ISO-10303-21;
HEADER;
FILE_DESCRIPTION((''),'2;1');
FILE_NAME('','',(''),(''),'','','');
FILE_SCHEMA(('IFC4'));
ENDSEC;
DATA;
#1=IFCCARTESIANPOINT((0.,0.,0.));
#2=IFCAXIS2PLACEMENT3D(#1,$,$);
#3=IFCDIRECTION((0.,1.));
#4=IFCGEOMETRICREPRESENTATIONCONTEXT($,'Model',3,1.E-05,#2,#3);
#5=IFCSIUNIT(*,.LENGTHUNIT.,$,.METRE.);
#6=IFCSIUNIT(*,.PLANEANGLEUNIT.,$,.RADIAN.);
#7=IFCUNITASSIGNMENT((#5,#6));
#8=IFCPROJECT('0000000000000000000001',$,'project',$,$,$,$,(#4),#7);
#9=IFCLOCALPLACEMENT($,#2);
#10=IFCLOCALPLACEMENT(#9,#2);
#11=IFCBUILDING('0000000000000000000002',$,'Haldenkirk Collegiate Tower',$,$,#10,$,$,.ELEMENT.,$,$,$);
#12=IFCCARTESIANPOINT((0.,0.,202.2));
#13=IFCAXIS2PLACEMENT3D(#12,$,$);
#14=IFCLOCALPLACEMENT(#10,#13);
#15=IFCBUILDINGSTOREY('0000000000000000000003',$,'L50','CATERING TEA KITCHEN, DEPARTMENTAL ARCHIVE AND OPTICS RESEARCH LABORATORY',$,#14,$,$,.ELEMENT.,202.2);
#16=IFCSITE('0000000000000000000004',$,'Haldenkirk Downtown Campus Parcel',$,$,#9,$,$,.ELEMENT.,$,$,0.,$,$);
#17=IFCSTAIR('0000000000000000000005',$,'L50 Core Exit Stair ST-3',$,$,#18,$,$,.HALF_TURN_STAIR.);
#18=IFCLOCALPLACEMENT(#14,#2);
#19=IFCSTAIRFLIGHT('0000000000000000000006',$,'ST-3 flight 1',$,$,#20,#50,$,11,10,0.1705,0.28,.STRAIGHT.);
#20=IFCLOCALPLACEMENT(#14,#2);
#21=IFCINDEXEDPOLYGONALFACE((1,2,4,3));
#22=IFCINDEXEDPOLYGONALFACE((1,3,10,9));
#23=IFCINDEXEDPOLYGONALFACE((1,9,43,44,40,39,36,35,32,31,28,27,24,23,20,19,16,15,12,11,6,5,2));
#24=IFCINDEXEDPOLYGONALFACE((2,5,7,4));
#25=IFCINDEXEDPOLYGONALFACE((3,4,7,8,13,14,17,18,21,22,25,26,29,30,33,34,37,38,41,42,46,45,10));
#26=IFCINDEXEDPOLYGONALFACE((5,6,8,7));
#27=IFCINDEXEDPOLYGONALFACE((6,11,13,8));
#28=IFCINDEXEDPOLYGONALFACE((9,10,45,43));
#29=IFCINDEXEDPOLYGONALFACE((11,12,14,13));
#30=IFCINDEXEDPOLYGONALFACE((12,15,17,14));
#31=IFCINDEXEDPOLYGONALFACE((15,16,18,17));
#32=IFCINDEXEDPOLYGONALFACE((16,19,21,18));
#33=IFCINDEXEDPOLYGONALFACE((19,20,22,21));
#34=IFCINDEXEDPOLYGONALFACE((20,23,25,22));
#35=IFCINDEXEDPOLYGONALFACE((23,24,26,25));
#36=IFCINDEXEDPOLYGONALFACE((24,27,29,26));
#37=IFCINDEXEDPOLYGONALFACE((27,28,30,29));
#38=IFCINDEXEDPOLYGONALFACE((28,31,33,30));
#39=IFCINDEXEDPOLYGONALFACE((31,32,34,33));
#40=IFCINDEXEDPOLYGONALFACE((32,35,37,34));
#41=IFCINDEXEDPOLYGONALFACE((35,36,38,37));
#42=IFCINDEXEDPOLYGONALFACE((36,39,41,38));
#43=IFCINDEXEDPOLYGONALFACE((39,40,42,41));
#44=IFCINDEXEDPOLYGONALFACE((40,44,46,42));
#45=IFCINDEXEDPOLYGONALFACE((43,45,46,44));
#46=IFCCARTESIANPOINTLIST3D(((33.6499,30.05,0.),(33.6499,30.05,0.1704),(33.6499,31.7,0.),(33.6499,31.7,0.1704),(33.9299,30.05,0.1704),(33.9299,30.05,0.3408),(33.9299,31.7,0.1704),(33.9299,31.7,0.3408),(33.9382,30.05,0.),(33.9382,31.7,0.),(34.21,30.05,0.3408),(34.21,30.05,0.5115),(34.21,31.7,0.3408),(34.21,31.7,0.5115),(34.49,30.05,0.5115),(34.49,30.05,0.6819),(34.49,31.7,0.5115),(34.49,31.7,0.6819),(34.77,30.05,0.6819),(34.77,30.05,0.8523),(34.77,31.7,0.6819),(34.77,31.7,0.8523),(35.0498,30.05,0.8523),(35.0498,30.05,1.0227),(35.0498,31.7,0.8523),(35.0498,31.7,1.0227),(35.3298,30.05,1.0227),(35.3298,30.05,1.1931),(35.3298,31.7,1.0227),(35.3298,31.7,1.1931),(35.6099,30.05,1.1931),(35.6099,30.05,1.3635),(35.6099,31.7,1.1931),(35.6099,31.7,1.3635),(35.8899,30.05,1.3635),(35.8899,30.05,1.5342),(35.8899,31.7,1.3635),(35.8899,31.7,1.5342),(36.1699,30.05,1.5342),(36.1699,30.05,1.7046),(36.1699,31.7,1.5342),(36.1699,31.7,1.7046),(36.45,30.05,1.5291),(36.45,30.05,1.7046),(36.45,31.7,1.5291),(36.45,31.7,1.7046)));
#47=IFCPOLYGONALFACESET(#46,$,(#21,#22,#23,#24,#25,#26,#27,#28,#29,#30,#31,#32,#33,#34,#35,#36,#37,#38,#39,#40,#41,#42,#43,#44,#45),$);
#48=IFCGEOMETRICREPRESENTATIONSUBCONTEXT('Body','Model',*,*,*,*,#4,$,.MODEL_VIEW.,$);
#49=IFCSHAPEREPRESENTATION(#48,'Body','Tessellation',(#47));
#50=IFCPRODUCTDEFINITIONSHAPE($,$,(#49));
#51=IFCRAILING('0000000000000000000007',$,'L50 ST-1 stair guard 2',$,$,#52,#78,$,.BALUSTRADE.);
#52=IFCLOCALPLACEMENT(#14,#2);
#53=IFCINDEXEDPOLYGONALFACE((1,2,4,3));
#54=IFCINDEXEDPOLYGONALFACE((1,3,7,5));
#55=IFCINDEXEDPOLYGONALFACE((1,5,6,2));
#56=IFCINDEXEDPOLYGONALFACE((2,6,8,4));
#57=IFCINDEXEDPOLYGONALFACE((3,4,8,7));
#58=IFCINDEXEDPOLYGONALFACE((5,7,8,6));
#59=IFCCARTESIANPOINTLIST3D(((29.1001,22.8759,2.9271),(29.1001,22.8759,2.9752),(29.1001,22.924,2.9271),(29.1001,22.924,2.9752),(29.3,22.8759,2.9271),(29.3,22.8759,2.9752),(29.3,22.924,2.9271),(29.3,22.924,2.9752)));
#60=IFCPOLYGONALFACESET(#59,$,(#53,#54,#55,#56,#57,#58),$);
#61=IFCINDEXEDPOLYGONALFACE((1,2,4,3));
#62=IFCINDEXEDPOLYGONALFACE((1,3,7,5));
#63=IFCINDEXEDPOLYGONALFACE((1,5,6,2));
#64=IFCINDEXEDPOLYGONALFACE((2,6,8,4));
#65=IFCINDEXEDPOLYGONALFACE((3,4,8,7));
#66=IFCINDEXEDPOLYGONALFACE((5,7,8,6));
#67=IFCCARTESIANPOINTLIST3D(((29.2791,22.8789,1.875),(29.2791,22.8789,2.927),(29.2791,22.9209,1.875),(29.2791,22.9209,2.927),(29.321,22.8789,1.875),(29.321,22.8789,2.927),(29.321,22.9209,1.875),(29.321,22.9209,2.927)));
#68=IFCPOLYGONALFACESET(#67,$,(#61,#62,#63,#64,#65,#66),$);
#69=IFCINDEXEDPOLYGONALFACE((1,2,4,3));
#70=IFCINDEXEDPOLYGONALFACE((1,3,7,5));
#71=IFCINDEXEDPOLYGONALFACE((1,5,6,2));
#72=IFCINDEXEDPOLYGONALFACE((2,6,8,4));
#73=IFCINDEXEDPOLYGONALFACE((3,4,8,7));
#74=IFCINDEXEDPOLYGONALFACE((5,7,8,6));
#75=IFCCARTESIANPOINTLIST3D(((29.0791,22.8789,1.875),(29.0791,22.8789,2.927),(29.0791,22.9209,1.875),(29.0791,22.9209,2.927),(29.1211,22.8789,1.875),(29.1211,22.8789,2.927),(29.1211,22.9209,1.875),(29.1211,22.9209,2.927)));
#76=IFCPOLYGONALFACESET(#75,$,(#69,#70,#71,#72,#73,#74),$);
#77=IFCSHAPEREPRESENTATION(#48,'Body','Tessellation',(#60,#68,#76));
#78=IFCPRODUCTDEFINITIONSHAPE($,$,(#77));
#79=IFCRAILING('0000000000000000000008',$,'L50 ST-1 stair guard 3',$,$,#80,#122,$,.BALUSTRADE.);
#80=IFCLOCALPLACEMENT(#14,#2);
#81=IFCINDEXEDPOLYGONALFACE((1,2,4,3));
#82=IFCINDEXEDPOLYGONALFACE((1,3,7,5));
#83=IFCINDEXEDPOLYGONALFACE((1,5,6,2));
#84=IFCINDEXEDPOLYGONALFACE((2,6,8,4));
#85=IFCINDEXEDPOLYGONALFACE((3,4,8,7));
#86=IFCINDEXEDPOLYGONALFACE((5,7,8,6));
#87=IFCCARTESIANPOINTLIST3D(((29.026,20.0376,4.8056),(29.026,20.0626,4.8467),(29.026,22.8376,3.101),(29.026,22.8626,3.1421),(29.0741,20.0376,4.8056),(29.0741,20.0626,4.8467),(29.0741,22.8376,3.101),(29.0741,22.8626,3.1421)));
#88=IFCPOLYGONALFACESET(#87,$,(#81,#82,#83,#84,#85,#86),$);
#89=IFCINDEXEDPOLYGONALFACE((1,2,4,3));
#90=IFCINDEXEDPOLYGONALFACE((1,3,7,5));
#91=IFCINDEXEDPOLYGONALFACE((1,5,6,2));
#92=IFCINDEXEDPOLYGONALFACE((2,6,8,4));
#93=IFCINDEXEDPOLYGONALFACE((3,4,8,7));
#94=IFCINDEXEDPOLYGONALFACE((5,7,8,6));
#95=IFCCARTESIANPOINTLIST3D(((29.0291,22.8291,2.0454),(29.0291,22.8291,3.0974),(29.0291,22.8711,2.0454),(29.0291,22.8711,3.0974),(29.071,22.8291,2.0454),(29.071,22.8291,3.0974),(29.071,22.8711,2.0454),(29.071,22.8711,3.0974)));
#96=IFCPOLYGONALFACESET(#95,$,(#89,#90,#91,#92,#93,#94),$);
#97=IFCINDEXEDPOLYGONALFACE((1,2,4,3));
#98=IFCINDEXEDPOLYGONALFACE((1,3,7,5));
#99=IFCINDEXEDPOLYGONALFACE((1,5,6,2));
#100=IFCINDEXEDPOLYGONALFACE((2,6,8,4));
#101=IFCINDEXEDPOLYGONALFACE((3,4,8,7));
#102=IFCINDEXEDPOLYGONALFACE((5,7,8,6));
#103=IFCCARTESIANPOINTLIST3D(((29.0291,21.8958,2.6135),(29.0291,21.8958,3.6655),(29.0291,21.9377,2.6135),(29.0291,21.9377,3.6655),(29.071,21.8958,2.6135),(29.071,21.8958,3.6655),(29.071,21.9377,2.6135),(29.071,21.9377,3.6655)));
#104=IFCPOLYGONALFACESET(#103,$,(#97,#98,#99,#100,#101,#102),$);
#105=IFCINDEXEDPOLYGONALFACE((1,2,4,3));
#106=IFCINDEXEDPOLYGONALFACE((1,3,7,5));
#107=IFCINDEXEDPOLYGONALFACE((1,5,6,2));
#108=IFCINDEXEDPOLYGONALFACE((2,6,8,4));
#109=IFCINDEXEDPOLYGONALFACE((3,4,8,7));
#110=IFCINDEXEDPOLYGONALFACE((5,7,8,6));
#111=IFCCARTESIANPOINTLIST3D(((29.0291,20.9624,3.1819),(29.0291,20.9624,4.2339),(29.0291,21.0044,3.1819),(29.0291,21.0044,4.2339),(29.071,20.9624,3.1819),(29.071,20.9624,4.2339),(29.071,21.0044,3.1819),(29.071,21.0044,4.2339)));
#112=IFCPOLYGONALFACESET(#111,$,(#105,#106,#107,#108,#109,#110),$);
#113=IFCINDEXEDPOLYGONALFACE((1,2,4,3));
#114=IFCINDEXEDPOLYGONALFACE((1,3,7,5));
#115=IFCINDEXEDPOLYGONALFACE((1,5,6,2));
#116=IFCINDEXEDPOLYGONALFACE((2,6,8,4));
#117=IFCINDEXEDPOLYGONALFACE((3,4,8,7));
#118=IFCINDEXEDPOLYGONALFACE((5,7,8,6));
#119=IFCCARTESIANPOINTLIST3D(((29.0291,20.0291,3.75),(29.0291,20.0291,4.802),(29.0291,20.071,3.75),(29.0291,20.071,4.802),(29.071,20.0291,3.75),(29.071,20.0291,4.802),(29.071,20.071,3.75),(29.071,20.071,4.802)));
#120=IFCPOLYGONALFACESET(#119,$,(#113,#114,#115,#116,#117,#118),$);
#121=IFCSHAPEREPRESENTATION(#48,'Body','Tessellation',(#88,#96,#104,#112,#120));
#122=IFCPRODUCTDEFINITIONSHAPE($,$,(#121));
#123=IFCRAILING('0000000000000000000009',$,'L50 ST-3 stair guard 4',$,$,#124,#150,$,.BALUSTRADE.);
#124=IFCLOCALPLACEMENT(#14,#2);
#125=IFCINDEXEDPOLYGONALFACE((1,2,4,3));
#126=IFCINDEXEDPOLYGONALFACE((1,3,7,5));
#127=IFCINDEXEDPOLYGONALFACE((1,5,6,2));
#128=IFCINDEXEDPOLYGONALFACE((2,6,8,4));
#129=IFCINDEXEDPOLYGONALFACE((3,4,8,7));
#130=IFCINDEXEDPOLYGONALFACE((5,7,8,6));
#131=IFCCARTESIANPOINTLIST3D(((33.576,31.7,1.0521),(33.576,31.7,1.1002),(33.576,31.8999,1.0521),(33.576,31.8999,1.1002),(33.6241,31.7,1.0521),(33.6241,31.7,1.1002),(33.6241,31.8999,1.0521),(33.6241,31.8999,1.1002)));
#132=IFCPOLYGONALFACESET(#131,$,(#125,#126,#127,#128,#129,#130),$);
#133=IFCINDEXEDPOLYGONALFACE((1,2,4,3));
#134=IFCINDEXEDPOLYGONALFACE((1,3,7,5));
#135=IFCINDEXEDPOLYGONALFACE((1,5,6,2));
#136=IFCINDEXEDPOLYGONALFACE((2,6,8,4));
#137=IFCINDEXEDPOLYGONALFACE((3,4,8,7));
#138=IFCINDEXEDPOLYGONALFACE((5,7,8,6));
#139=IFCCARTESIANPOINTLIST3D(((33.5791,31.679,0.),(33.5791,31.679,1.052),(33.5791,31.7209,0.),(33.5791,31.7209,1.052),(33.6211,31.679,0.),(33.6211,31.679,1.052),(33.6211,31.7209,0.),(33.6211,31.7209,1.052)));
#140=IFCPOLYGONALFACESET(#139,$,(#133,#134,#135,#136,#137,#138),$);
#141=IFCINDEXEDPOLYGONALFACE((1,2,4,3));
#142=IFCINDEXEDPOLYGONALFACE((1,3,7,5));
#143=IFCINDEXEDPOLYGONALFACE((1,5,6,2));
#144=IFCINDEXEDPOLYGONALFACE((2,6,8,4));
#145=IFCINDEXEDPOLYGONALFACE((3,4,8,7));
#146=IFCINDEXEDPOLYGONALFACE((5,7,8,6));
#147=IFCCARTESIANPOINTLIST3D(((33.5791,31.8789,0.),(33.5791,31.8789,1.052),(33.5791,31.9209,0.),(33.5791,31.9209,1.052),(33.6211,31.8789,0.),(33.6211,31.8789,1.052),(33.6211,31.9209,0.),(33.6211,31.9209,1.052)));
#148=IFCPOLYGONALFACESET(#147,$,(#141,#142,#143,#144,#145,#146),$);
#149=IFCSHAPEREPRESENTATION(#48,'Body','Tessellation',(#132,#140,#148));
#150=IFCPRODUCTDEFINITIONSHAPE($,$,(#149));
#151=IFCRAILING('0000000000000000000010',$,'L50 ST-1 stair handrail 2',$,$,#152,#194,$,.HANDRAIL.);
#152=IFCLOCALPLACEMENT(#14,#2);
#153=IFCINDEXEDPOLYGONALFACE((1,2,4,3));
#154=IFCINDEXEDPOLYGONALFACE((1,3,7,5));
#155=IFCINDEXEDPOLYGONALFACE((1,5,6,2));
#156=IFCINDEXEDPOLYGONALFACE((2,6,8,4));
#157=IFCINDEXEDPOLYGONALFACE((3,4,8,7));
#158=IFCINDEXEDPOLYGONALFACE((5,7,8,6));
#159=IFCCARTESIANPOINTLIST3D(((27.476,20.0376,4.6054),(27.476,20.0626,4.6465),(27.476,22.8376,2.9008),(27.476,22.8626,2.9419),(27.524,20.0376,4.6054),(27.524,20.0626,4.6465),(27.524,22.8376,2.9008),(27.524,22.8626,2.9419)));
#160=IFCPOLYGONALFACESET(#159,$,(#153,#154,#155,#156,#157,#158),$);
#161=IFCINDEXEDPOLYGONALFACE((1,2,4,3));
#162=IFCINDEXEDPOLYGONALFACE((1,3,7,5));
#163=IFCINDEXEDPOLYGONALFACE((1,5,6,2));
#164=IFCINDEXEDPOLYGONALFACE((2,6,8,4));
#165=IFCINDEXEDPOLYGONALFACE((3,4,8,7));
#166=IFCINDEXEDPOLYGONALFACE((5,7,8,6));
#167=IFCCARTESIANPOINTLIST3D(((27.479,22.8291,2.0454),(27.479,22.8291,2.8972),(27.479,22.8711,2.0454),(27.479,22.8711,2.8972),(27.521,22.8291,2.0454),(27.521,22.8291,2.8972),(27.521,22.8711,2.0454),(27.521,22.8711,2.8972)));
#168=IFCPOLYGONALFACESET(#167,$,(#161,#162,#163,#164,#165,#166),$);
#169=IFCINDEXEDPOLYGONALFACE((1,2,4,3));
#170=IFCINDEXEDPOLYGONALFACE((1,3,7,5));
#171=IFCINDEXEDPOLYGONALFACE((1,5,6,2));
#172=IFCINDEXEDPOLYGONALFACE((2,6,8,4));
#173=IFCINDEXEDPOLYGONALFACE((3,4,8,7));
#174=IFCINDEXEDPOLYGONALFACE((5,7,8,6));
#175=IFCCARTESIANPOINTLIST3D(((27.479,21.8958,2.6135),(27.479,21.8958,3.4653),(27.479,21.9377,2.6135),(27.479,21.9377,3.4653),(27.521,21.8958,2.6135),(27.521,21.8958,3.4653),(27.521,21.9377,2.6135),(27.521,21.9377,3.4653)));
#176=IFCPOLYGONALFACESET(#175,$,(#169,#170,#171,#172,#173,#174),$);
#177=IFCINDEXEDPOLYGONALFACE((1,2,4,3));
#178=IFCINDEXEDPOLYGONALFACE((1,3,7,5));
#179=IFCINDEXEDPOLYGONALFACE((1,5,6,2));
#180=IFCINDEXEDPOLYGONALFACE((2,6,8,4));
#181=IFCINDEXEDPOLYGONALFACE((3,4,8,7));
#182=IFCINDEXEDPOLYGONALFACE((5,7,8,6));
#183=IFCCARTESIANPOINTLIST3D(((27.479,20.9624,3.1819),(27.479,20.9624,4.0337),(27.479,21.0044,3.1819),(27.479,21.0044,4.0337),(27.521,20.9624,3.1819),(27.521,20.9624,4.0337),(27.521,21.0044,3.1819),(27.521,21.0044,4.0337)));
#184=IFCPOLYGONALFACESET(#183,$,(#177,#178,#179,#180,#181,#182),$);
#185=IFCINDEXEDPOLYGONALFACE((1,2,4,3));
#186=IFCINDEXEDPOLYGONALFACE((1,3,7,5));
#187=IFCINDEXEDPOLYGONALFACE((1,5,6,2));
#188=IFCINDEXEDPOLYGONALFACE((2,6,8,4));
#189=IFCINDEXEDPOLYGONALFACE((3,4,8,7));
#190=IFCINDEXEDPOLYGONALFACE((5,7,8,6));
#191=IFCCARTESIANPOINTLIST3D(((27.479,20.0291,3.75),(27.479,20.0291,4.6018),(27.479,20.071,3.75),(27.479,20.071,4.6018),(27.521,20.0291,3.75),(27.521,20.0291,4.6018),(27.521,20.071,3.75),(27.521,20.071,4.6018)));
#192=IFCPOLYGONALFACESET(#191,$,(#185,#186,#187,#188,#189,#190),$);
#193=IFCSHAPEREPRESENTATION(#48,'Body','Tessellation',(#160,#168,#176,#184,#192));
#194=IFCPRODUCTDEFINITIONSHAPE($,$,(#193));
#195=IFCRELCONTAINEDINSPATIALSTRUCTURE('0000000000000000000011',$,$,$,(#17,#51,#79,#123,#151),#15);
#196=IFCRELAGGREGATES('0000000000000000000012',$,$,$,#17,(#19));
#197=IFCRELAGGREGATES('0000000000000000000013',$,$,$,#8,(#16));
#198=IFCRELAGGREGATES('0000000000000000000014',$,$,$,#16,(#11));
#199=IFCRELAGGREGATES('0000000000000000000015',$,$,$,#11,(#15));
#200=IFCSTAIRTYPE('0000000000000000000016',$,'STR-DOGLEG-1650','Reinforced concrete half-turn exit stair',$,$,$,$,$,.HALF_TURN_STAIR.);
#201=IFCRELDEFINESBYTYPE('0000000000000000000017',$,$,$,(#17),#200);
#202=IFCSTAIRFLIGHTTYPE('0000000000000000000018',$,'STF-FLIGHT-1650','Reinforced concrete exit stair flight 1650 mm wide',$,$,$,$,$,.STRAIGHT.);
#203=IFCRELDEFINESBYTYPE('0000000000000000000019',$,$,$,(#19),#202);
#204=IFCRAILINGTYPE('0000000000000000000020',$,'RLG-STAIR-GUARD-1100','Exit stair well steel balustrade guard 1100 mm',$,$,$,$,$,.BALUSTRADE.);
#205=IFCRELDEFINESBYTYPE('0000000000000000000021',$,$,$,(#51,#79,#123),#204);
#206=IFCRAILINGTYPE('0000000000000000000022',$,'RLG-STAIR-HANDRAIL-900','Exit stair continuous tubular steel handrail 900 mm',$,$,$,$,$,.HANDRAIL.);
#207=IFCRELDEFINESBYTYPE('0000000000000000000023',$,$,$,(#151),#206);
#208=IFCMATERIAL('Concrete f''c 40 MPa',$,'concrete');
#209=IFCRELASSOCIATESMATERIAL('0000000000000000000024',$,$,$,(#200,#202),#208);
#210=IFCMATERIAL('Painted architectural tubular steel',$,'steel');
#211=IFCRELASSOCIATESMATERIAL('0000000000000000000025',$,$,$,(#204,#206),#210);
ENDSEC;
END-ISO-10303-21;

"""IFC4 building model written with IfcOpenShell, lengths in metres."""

from ifc_helpers import new_model, si_unit, direction, frame, origin, origin_2d, place, context, subcontext, project, spatial, polyline, rectangle, outline, extrude, material, type_object, element, aggregate, save


model = new_model("IFC4")

# Units and contexts
model_context = context("Model", 3, precision=1e-05, world=origin(), true_north=direction((0.0, 1.0)))
body_context = subcontext(model_context, "Body", "Model", "MODEL_VIEW")
ifc_project = project(units=[si_unit("LENGTHUNIT", "METRE"), si_unit("PLANEANGLEUNIT", "RADIAN")], contexts=[model_context])

# Site, building, storey
site_placement = place(None, origin())
site = spatial("IfcSite", under=ifc_project, at=site_placement, Name="Haldenkirk Downtown Campus Parcel", CompositionType="ELEMENT", RefElevation=0.0)
building_placement = place(site_placement, origin())
building = spatial("IfcBuilding", under=site, at=building_placement, Name="Haldenkirk Collegiate Tower", CompositionType="ELEMENT")
storey_placement = place(building_placement, frame((0.0, 0.0, 202.2)))
storey = spatial("IfcBuildingStorey", under=building, at=storey_placement, Name="L50", Description="CATERING TEA KITCHEN, DEPARTMENTAL ARCHIVE AND OPTICS RESEARCH LABORATORY", CompositionType="ELEMENT", Elevation=202.2)

# Stair, stair flight
ifc_material_1 = material(Name="Concrete f'c 40 MPa", Category="concrete")
stair_type = type_object("IfcStairType", Name="STR-DOGLEG-1650", Description="Reinforced concrete half-turn exit stair", PredefinedType="HALF_TURN_STAIR", material=ifc_material_1)
stair_flight_type = type_object("IfcStairFlightType", Name="STF-FLIGHT-1650", Description="Reinforced concrete exit stair flight 1650 mm wide", PredefinedType="STRAIGHT", material=ifc_material_1)
stair_1_placement = place(storey_placement, origin())
stair_1 = element("IfcStair", 1, at=stair_1_placement, inside=storey, type_object=stair_type, Name="L50 Core Exit Stair ST-3", PredefinedType="HALF_TURN_STAIR")
stair_flight_1_placement = place(storey_placement, frame((33.6499, 30.875, 0.0), z_axis=(0.0, 0.0, 1.0), x_axis=(1.0, 0.0, 0.0)))
stair_flight_1 = element("IfcStairFlight", 2, at=stair_flight_1_placement, type_object=stair_flight_type, Name="ST-3 flight 1", NumberOfRisers=11, NumberOfTreads=10, PredefinedType="STRAIGHT", RiserHeight=0.1705, TreadLength=0.28, context=body_context, shape_type="SweptSolid", body=[
    extrude(outline(polyline([(0.0, 0.0), (0.0, 0.1704), (0.28, 0.1704), (0.28, 0.3408), (0.5601, 0.3408), (0.5601, 0.5115), (0.8401, 0.5115), (0.8401, 0.6819), (1.1201, 0.6819), (1.1201, 0.8523), (1.3999, 0.8523), (1.3999, 1.0227), (1.6799, 1.0227), (1.6799, 1.1931), (1.96, 1.1931), (1.96, 1.3635), (2.24, 1.3635), (2.24, 1.5342), (2.52, 1.5342), (2.52, 1.7046), (2.8, 1.7046), (2.8, 1.875), (2.8, 1.5291), (0.2883, 0.0), (0.0, 0.0)])), frame((0.0, 0.825, 0.0), z_axis=(0.0, -1.0, 0.0), x_axis=(1.0, 0.0, 0.0)), (0.0, 0.0, 1.0), 1.6499),
])
aggregate(stair_1, [stair_flight_1])

# Railings
ifc_material_2 = material(Name="Painted architectural tubular steel", Category="steel")
railing_type_1 = type_object("IfcRailingType", Name="RLG-STAIR-GUARD-1100", Description="Exit stair well steel balustrade guard 1100 mm", PredefinedType="BALUSTRADE", material=ifc_material_2)
railing_1_placement = place(storey_placement, frame((29.3, 22.8999, 1.875)))
element("IfcRailing", 3, at=railing_1_placement, inside=storey, type_object=railing_type_1, Name="L50 ST-1 stair guard 2", PredefinedType="BALUSTRADE", context=body_context, shape_type="SweptSolid", body=[
    extrude(rectangle(XDim=0.0481, YDim=0.0481, at=origin_2d()), frame((0.0, 0.0, 1.0762), z_axis=(-1.0, 0.0, 0.0), x_axis=(0.0, -1.0, 0.0)), (0.0, 0.0, 1.0), 0.2),
    extrude(rectangle(XDim=0.042, YDim=0.042, at=origin_2d()), origin(), (0.0, 0.0, 1.0), 1.052),
    extrude(rectangle(XDim=0.042, YDim=0.042, at=origin_2d()), frame((-0.2, 0.0, 0.0)), (0.0, 0.0, 1.0), 1.052),
])
railing_2_placement = place(storey_placement, frame((29.05, 22.8501, 2.0454)))
element("IfcRailing", 4, at=railing_2_placement, inside=storey, type_object=railing_type_1, Name="L50 ST-1 stair guard 3", PredefinedType="BALUSTRADE", context=body_context, shape_type="SweptSolid", body=[
    extrude(rectangle(XDim=0.0481, YDim=0.0481, at=origin_2d()), frame((0.0, 0.0, 1.0762), z_axis=(0.0, -0.85417, 0.519994), x_axis=(1.0, 0.0, 0.0)), (0.0, 0.0, 1.0), 3.2781),
    extrude(rectangle(XDim=0.042, YDim=0.042, at=origin_2d()), origin(), (0.0, 0.0, 1.0), 1.052),
    extrude(rectangle(XDim=0.042, YDim=0.042, at=origin_2d()), frame((0.0, -0.9333, 0.5681)), (0.0, 0.0, 1.0), 1.052),
    extrude(rectangle(XDim=0.042, YDim=0.042, at=origin_2d()), frame((0.0, -1.8667, 1.1365)), (0.0, 0.0, 1.0), 1.052),
    extrude(rectangle(XDim=0.042, YDim=0.042, at=origin_2d()), frame((0.0, -2.8, 1.7046)), (0.0, 0.0, 1.0), 1.052),
])
railing_3_placement = place(storey_placement, frame((33.6001, 31.7, 0.0)))
element("IfcRailing", 5, at=railing_3_placement, inside=storey, type_object=railing_type_1, Name="L50 ST-3 stair guard 4", PredefinedType="BALUSTRADE", context=body_context, shape_type="SweptSolid", body=[
    extrude(rectangle(XDim=0.0481, YDim=0.0481, at=origin_2d()), frame((0.0, 0.0, 1.0762), z_axis=(0.0, 1.0, 0.0), x_axis=(-1.0, 0.0, 0.0)), (0.0, 0.0, 1.0), 0.2),
    extrude(rectangle(XDim=0.042, YDim=0.042, at=origin_2d()), origin(), (0.0, 0.0, 1.0), 1.052),
    extrude(rectangle(XDim=0.042, YDim=0.042, at=origin_2d()), frame((0.0, 0.2, 0.0)), (0.0, 0.0, 1.0), 1.052),
])
railing_type_2 = type_object("IfcRailingType", Name="RLG-STAIR-HANDRAIL-900", Description="Exit stair continuous tubular steel handrail 900 mm", PredefinedType="HANDRAIL", material=ifc_material_2)
railing_4_placement = place(storey_placement, frame((27.5, 22.8501, 2.0454)))
element("IfcRailing", 6, at=railing_4_placement, inside=storey, type_object=railing_type_2, Name="L50 ST-1 stair handrail 2", PredefinedType="HANDRAIL", context=body_context, shape_type="SweptSolid", body=[
    extrude(rectangle(XDim=0.0481, YDim=0.0481, at=origin_2d()), frame((0.0, 0.0, 0.876), z_axis=(0.0, -0.85417, 0.519994), x_axis=(1.0, 0.0, 0.0)), (0.0, 0.0, 1.0), 3.2781),
    extrude(rectangle(XDim=0.042, YDim=0.042, at=origin_2d()), origin(), (0.0, 0.0, 1.0), 0.8518),
    extrude(rectangle(XDim=0.042, YDim=0.042, at=origin_2d()), frame((0.0, -0.9333, 0.5681)), (0.0, 0.0, 1.0), 0.8518),
    extrude(rectangle(XDim=0.042, YDim=0.042, at=origin_2d()), frame((0.0, -1.8667, 1.1365)), (0.0, 0.0, 1.0), 0.8518),
    extrude(rectangle(XDim=0.042, YDim=0.042, at=origin_2d()), frame((0.0, -2.8, 1.7046)), (0.0, 0.0, 1.0), 0.8518),
])

save(model, "model.ifc")
